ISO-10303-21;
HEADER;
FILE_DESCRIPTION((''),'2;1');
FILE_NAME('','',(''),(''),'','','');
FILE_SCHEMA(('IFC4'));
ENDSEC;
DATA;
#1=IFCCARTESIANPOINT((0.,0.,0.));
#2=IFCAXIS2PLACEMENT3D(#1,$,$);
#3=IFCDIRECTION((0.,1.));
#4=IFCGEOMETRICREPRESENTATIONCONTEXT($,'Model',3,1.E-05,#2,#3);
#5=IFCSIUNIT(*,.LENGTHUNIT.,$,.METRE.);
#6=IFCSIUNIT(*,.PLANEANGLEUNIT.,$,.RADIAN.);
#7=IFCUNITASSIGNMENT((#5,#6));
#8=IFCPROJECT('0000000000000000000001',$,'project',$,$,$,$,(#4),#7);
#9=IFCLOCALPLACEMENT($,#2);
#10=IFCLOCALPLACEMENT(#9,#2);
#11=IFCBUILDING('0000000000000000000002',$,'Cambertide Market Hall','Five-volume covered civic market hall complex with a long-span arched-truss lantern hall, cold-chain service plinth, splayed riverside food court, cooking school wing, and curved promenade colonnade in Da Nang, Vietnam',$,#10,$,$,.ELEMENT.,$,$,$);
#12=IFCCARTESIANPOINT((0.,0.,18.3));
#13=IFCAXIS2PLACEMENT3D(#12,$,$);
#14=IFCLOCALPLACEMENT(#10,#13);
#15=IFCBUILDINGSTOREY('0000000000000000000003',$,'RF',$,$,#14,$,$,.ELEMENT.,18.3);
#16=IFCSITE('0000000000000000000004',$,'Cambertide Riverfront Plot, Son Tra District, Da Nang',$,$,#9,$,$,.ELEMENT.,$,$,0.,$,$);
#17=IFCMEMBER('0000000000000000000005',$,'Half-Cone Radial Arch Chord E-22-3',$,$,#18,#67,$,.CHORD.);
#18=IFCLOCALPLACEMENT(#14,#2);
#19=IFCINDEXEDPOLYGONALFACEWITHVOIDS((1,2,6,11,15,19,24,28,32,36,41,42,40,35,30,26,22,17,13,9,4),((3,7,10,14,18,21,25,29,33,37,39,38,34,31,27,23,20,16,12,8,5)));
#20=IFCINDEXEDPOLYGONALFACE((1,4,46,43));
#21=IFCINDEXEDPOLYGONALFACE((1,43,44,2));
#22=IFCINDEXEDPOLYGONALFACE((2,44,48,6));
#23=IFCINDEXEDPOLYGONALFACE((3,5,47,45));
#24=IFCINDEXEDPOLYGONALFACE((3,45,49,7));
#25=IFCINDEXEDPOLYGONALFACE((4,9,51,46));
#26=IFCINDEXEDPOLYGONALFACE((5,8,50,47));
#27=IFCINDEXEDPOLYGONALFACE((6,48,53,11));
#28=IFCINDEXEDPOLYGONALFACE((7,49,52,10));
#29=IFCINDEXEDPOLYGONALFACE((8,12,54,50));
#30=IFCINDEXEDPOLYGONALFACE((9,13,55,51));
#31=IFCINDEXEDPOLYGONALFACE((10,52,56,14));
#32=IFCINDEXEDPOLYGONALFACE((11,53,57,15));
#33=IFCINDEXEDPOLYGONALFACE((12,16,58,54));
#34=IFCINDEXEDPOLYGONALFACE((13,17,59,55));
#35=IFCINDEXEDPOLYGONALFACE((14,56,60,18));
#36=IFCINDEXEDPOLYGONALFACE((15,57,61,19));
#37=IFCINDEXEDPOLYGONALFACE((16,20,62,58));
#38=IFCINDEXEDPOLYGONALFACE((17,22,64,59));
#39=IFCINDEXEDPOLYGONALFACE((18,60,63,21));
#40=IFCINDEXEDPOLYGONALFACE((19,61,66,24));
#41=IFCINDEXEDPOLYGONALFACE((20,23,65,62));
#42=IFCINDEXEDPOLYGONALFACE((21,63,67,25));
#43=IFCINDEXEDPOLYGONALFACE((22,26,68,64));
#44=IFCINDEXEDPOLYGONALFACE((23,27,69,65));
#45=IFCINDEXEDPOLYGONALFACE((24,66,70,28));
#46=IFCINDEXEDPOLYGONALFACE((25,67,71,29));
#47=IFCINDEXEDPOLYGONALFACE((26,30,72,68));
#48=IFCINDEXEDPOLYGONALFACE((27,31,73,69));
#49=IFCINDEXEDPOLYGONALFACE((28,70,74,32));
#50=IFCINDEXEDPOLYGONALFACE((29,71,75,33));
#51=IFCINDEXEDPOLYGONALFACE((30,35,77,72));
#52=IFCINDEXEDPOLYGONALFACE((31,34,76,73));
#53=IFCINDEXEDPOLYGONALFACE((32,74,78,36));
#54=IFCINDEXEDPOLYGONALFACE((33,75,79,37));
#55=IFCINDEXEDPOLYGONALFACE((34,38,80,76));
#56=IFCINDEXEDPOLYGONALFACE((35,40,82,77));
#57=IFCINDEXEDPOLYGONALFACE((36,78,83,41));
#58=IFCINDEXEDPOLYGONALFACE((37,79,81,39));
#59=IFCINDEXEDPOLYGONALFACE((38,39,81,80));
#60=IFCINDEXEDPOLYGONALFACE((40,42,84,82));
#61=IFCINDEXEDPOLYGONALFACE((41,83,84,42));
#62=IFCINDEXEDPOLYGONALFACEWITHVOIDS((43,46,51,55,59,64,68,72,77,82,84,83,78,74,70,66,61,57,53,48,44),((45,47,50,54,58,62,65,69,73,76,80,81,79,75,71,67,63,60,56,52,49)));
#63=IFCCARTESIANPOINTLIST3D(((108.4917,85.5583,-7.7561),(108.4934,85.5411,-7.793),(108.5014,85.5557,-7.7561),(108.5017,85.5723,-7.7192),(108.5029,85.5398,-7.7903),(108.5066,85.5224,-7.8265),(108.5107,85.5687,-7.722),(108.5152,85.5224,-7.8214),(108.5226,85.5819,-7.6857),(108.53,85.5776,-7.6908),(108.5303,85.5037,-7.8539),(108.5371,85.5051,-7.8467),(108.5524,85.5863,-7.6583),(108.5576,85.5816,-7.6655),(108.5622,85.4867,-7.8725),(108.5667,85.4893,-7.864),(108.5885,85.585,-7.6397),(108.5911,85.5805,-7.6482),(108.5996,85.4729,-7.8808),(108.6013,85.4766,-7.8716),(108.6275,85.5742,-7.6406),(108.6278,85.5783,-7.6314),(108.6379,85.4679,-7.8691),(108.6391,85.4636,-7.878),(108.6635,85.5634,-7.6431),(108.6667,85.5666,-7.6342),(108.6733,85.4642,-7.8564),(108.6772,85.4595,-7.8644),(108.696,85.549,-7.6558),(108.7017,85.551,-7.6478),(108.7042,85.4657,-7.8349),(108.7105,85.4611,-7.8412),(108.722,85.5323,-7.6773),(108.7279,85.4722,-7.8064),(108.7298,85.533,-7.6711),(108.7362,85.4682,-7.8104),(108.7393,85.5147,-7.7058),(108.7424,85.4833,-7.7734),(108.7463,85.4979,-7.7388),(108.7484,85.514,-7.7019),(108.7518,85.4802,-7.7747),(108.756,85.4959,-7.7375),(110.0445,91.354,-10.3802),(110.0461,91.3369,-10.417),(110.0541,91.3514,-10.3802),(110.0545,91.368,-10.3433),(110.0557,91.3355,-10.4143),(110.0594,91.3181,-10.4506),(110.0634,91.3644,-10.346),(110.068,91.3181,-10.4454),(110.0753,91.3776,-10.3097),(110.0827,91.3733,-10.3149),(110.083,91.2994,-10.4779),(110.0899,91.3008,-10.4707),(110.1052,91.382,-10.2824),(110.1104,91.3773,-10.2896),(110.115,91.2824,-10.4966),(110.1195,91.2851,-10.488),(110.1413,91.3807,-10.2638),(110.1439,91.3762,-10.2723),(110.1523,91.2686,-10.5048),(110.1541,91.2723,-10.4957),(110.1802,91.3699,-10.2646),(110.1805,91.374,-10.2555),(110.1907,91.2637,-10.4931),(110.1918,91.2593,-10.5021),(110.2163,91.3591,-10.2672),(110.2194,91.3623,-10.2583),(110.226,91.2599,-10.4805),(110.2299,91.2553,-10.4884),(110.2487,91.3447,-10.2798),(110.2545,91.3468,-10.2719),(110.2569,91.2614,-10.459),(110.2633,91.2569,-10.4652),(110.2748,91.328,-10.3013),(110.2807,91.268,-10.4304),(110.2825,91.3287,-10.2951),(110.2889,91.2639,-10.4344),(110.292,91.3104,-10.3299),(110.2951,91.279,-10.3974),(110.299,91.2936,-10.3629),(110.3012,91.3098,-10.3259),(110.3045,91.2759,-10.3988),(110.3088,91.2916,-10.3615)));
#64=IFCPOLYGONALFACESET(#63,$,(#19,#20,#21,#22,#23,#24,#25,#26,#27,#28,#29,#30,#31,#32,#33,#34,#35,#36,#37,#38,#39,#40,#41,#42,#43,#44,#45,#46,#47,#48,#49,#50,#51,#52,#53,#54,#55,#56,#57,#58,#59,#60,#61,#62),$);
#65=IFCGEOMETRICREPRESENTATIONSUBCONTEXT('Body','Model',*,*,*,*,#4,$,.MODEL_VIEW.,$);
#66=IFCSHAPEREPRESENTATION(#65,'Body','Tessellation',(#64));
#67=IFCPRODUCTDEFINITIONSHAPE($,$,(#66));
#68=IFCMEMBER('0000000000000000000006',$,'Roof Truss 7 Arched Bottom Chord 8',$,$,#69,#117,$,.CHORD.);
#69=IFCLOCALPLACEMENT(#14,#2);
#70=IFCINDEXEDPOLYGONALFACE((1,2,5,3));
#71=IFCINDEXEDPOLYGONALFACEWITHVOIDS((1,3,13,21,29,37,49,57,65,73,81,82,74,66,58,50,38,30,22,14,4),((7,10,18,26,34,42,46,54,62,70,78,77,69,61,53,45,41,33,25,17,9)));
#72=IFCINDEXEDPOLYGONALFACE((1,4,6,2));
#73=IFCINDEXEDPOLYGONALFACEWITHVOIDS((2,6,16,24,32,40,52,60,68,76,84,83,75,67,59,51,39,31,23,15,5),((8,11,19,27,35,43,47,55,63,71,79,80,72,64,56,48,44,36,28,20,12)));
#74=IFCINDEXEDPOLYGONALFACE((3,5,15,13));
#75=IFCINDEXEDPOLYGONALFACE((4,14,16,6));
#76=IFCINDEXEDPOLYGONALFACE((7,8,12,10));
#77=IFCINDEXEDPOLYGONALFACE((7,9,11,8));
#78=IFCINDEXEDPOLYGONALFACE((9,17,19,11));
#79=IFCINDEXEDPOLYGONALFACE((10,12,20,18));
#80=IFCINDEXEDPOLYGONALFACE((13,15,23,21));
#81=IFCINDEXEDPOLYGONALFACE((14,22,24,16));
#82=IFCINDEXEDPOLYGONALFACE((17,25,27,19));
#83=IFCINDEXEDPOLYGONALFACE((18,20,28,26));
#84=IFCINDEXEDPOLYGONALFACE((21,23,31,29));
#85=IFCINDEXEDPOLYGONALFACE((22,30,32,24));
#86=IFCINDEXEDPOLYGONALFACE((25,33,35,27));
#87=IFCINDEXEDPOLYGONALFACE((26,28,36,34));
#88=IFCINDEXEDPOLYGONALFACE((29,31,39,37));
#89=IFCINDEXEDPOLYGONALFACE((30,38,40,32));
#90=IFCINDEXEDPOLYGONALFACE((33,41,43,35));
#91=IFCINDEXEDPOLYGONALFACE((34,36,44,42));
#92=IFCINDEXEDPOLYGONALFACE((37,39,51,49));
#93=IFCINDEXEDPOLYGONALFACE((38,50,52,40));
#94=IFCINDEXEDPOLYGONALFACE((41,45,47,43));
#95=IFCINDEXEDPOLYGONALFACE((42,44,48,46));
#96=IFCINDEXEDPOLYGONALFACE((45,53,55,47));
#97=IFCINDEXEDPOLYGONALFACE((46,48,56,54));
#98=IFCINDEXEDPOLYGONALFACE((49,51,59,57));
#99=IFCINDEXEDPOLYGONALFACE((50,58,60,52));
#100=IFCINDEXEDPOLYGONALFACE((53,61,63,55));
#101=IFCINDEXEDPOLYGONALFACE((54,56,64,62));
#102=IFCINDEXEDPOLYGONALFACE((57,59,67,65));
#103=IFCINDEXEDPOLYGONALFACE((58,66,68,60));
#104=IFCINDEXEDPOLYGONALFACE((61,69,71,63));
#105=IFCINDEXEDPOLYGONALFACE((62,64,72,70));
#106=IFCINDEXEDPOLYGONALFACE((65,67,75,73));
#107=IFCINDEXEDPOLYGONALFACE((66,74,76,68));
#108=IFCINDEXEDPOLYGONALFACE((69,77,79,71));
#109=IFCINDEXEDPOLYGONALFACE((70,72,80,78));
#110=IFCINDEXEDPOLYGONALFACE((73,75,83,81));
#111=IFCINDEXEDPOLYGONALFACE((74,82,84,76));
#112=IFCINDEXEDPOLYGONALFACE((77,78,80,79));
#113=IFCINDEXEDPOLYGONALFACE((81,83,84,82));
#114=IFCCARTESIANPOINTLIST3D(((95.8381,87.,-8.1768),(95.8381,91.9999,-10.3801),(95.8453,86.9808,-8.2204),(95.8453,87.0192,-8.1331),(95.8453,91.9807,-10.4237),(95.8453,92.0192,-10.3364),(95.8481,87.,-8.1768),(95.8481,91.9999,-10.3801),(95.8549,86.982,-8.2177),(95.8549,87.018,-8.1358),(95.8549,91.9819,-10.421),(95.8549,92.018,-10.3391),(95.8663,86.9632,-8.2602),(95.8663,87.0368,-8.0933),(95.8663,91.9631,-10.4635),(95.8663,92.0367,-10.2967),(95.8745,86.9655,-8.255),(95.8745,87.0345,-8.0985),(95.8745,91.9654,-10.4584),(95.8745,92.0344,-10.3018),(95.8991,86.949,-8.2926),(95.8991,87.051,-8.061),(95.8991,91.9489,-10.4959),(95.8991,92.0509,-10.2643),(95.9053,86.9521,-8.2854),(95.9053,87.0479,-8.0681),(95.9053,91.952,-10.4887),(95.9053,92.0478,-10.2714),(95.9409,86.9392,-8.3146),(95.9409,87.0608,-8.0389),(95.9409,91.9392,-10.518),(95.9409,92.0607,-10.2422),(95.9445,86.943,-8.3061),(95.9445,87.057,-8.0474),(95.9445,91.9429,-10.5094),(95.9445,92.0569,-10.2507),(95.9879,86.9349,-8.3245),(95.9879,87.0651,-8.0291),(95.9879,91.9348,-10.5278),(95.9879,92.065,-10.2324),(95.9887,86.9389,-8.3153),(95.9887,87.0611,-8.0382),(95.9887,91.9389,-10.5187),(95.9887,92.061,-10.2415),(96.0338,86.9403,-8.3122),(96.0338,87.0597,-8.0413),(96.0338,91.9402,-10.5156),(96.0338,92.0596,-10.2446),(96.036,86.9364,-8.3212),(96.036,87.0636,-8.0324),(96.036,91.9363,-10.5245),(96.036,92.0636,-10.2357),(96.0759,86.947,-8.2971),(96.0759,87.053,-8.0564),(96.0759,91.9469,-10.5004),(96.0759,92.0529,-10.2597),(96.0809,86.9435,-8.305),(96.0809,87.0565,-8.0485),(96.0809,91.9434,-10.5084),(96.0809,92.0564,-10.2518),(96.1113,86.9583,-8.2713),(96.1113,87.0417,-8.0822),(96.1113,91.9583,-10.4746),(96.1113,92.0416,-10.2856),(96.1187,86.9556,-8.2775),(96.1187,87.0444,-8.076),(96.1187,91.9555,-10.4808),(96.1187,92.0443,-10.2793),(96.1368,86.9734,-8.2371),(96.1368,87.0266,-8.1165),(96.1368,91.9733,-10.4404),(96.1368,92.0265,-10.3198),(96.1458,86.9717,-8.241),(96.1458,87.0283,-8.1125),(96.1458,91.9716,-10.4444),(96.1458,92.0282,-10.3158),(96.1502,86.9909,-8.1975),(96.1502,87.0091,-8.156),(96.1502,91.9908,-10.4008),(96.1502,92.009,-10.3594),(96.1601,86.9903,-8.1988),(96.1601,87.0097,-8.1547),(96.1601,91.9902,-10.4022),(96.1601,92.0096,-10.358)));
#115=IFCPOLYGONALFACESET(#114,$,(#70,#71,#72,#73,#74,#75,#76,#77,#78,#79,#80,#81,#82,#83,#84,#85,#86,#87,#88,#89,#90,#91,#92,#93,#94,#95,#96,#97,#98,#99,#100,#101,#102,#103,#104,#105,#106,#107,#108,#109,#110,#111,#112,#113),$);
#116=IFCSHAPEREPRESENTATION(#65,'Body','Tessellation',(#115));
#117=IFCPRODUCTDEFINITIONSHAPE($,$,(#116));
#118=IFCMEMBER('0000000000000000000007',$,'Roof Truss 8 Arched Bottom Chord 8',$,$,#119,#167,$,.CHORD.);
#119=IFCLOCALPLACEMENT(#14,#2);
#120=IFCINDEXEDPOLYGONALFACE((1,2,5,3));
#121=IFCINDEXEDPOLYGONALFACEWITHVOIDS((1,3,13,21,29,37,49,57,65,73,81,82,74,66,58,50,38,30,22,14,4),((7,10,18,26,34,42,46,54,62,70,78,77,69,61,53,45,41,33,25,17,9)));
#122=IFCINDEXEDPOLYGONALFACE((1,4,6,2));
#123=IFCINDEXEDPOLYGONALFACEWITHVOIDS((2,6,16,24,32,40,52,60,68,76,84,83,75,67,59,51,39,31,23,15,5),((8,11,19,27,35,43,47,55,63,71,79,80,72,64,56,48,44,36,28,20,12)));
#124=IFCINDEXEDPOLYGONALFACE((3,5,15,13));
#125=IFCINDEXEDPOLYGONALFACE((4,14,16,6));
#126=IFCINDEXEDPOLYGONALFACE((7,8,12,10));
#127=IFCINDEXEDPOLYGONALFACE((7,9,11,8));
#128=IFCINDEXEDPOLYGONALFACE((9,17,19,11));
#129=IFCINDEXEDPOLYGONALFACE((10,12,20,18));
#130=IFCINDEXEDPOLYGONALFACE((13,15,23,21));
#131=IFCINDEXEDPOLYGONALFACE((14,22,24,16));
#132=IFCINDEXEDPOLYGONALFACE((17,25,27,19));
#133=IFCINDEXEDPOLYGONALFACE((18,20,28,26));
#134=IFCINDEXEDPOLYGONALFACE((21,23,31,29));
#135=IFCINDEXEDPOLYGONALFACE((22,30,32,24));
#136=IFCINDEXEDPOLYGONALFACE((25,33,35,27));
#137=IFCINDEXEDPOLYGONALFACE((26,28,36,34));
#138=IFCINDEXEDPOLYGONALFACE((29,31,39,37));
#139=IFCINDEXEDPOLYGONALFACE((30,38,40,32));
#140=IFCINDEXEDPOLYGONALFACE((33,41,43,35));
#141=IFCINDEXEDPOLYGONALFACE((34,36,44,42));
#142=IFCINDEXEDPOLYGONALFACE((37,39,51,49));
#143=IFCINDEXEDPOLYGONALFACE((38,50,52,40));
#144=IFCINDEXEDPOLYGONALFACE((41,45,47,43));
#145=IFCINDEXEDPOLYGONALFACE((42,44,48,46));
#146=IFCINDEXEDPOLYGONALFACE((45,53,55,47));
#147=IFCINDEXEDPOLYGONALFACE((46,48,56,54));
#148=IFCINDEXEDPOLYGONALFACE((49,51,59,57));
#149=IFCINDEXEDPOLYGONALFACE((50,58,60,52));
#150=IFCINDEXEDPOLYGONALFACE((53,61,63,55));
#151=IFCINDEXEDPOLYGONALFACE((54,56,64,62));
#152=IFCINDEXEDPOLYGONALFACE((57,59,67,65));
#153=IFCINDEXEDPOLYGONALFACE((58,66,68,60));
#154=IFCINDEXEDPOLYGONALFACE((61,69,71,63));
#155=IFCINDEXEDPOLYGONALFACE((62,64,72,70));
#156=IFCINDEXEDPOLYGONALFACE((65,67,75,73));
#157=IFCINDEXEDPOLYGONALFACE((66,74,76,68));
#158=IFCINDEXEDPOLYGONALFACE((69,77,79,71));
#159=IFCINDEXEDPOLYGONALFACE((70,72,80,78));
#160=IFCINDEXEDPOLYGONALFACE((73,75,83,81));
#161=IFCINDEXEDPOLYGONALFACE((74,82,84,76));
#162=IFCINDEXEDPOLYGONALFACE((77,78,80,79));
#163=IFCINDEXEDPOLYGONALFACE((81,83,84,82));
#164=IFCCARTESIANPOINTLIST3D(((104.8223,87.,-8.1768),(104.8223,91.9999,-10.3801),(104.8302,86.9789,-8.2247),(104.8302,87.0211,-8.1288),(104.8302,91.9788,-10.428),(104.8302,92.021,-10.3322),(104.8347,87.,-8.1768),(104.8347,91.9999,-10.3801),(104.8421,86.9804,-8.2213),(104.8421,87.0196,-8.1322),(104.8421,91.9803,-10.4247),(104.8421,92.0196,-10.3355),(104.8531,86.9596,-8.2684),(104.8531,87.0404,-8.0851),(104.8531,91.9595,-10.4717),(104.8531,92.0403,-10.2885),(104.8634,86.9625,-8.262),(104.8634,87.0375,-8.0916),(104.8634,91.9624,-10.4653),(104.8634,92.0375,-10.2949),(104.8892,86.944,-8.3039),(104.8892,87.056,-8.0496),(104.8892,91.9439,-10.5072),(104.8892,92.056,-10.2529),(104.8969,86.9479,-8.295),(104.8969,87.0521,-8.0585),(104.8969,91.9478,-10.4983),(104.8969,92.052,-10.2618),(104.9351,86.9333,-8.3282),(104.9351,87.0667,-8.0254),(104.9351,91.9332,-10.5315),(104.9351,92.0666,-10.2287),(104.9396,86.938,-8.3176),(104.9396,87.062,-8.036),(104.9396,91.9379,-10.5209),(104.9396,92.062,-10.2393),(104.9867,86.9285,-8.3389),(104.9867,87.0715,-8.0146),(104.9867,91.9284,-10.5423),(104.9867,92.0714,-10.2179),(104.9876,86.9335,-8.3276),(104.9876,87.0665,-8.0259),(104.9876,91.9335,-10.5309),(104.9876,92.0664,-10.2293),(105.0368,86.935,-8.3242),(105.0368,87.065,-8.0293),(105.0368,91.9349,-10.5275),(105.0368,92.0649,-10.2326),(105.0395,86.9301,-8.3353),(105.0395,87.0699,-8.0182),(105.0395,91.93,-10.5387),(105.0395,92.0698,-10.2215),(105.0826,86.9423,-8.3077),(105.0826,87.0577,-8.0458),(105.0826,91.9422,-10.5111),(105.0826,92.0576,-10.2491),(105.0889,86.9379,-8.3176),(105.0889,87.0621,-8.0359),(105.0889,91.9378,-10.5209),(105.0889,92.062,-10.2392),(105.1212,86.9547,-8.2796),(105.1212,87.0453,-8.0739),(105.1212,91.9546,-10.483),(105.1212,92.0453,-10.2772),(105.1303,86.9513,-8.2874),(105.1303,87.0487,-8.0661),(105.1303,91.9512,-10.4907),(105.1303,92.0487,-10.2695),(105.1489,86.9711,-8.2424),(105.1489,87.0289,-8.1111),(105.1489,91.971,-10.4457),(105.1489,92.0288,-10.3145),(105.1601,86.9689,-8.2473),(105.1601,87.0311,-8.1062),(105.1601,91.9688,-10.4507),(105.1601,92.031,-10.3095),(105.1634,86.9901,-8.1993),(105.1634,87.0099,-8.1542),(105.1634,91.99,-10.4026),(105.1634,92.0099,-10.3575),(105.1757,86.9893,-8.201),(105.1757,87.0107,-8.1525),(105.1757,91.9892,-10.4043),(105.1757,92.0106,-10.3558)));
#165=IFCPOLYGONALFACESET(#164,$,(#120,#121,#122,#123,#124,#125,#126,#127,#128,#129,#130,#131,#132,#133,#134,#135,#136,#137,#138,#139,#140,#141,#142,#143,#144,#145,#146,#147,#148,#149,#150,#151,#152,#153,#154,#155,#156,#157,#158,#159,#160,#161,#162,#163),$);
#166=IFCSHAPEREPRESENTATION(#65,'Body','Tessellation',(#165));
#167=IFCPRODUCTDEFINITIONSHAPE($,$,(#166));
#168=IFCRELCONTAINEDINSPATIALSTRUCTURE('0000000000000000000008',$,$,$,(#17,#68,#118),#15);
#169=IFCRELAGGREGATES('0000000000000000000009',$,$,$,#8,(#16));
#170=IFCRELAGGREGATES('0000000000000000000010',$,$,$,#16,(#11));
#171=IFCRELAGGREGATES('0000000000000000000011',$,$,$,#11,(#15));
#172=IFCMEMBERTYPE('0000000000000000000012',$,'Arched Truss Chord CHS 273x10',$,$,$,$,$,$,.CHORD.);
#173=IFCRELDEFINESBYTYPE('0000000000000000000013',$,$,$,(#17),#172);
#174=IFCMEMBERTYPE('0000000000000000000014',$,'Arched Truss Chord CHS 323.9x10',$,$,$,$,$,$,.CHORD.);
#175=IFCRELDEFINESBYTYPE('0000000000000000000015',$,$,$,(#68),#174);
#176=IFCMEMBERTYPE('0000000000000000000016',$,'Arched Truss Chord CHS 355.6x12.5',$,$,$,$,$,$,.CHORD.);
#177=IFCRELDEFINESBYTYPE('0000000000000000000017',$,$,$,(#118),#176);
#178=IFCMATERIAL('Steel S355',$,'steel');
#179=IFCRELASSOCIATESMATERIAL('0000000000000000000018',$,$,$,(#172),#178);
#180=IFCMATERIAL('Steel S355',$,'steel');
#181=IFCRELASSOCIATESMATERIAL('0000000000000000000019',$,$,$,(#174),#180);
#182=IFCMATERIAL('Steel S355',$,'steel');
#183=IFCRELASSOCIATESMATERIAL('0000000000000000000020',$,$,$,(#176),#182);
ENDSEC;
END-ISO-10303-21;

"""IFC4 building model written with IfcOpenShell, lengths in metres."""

from ifc_helpers import new_model, si_unit, direction, frame, origin, origin_2d, place, context, subcontext, project, spatial, hollow_circle, extrude, material, material_profile, profile_set, type_object, element, save


model = new_model("IFC4")

# Units and contexts
model_context = context("Model", 3, precision=1e-05, world=origin(), true_north=direction((0.0, 1.0)))
body_context = subcontext(model_context, "Body", "Model", "MODEL_VIEW")
ifc_project = project(units=[si_unit("LENGTHUNIT", "METRE"), si_unit("PLANEANGLEUNIT", "RADIAN")], contexts=[model_context])

# Site, building, storey
site_placement = place(None, origin())
site = spatial("IfcSite", under=ifc_project, at=site_placement, Name="Cambertide Riverfront Plot, Son Tra District, Da Nang", CompositionType="ELEMENT", RefElevation=0.0)
building_placement = place(site_placement, origin())
building = spatial("IfcBuilding", under=site, at=building_placement, Name="Cambertide Market Hall", Description="Five-volume covered civic market hall complex with a long-span arched-truss lantern hall, cold-chain service plinth, splayed riverside food court, cooking school wing, and curved promenade colonnade in Da Nang, Vietnam", CompositionType="ELEMENT")
storey_placement = place(building_placement, frame((0.0, 0.0, 18.3)))
storey = spatial("IfcBuildingStorey", under=building, at=storey_placement, Name="RF", CompositionType="ELEMENT", Elevation=18.3)

# Members
ifc_material_1 = material(Name="Steel S355", Category="steel")
ifc_material_profile_1 = material_profile(ifc_material_1, hollow_circle(Radius=0.1365, WallThickness=0.01, at=origin_2d()), Name="CHS 273x10")
ifc_profile_set_1 = profile_set([ifc_material_profile_1], Name="Steel S355")
member_type_1 = type_object("IfcMemberType", Name="Arched Truss Chord CHS 273x10", PredefinedType="CHORD", material=ifc_profile_set_1)
member_1_placement = place(storey_placement, frame((108.6235, 85.5229, -7.7561), z_axis=(0.237104, 0.885002, -0.400691), x_axis=(-0.965934, 0.258787, 0.0)))
element("IfcMember", 1, at=member_1_placement, inside=storey, type_object=member_type_1, Name="Half-Cone Radial Arch Chord E-22-3", PredefinedType="CHORD", context=body_context, shape_type="SweptSolid", body=[
    extrude(hollow_circle(Radius=0.1365, WallThickness=0.01, at=origin_2d()), origin(), (0.0, 0.0, 1.0), 6.5488),
])
ifc_material_2 = material(Name="Steel S355", Category="steel")
ifc_material_profile_2 = material_profile(ifc_material_2, hollow_circle(Radius=0.1619, WallThickness=0.01, at=origin_2d()), Name="CHS 323.9x10")
ifc_profile_set_2 = profile_set([ifc_material_profile_2], Name="Steel S355")
member_type_2 = type_object("IfcMemberType", Name="Arched Truss Chord CHS 323.9x10", PredefinedType="CHORD", material=ifc_profile_set_2)
member_2_placement = place(storey_placement, frame((96.0, 87.0, -8.1768), z_axis=(0.0, 0.915088, -0.403255), x_axis=(-1.0, 0.0, 0.0)))
element("IfcMember", 2, at=member_2_placement, inside=storey, type_object=member_type_2, Name="Roof Truss 7 Arched Bottom Chord 8", PredefinedType="CHORD", context=body_context, shape_type="SweptSolid", body=[
    extrude(hollow_circle(Radius=0.1619, WallThickness=0.01, at=origin_2d()), origin(), (0.0, 0.0, 1.0), 5.4639),
])
ifc_material_3 = material(Name="Steel S355", Category="steel")
ifc_material_profile_3 = material_profile(ifc_material_3, hollow_circle(Radius=0.1777, WallThickness=0.0125, at=origin_2d()), Name="CHS 355.6x12.5")
ifc_profile_set_3 = profile_set([ifc_material_profile_3], Name="Steel S355")
member_type_3 = type_object("IfcMemberType", Name="Arched Truss Chord CHS 355.6x12.5", PredefinedType="CHORD", material=ifc_profile_set_3)
member_3_placement = place(storey_placement, frame((105.0, 87.0, -8.1768), z_axis=(0.0, 0.915088, -0.403255), x_axis=(-1.0, 0.0, 0.0)))
element("IfcMember", 3, at=member_3_placement, inside=storey, type_object=member_type_3, Name="Roof Truss 8 Arched Bottom Chord 8", PredefinedType="CHORD", context=body_context, shape_type="SweptSolid", body=[
    extrude(hollow_circle(Radius=0.1777, WallThickness=0.0125, at=origin_2d()), origin(), (0.0, 0.0, 1.0), 5.4639),
])

save(model, "model.ifc")
